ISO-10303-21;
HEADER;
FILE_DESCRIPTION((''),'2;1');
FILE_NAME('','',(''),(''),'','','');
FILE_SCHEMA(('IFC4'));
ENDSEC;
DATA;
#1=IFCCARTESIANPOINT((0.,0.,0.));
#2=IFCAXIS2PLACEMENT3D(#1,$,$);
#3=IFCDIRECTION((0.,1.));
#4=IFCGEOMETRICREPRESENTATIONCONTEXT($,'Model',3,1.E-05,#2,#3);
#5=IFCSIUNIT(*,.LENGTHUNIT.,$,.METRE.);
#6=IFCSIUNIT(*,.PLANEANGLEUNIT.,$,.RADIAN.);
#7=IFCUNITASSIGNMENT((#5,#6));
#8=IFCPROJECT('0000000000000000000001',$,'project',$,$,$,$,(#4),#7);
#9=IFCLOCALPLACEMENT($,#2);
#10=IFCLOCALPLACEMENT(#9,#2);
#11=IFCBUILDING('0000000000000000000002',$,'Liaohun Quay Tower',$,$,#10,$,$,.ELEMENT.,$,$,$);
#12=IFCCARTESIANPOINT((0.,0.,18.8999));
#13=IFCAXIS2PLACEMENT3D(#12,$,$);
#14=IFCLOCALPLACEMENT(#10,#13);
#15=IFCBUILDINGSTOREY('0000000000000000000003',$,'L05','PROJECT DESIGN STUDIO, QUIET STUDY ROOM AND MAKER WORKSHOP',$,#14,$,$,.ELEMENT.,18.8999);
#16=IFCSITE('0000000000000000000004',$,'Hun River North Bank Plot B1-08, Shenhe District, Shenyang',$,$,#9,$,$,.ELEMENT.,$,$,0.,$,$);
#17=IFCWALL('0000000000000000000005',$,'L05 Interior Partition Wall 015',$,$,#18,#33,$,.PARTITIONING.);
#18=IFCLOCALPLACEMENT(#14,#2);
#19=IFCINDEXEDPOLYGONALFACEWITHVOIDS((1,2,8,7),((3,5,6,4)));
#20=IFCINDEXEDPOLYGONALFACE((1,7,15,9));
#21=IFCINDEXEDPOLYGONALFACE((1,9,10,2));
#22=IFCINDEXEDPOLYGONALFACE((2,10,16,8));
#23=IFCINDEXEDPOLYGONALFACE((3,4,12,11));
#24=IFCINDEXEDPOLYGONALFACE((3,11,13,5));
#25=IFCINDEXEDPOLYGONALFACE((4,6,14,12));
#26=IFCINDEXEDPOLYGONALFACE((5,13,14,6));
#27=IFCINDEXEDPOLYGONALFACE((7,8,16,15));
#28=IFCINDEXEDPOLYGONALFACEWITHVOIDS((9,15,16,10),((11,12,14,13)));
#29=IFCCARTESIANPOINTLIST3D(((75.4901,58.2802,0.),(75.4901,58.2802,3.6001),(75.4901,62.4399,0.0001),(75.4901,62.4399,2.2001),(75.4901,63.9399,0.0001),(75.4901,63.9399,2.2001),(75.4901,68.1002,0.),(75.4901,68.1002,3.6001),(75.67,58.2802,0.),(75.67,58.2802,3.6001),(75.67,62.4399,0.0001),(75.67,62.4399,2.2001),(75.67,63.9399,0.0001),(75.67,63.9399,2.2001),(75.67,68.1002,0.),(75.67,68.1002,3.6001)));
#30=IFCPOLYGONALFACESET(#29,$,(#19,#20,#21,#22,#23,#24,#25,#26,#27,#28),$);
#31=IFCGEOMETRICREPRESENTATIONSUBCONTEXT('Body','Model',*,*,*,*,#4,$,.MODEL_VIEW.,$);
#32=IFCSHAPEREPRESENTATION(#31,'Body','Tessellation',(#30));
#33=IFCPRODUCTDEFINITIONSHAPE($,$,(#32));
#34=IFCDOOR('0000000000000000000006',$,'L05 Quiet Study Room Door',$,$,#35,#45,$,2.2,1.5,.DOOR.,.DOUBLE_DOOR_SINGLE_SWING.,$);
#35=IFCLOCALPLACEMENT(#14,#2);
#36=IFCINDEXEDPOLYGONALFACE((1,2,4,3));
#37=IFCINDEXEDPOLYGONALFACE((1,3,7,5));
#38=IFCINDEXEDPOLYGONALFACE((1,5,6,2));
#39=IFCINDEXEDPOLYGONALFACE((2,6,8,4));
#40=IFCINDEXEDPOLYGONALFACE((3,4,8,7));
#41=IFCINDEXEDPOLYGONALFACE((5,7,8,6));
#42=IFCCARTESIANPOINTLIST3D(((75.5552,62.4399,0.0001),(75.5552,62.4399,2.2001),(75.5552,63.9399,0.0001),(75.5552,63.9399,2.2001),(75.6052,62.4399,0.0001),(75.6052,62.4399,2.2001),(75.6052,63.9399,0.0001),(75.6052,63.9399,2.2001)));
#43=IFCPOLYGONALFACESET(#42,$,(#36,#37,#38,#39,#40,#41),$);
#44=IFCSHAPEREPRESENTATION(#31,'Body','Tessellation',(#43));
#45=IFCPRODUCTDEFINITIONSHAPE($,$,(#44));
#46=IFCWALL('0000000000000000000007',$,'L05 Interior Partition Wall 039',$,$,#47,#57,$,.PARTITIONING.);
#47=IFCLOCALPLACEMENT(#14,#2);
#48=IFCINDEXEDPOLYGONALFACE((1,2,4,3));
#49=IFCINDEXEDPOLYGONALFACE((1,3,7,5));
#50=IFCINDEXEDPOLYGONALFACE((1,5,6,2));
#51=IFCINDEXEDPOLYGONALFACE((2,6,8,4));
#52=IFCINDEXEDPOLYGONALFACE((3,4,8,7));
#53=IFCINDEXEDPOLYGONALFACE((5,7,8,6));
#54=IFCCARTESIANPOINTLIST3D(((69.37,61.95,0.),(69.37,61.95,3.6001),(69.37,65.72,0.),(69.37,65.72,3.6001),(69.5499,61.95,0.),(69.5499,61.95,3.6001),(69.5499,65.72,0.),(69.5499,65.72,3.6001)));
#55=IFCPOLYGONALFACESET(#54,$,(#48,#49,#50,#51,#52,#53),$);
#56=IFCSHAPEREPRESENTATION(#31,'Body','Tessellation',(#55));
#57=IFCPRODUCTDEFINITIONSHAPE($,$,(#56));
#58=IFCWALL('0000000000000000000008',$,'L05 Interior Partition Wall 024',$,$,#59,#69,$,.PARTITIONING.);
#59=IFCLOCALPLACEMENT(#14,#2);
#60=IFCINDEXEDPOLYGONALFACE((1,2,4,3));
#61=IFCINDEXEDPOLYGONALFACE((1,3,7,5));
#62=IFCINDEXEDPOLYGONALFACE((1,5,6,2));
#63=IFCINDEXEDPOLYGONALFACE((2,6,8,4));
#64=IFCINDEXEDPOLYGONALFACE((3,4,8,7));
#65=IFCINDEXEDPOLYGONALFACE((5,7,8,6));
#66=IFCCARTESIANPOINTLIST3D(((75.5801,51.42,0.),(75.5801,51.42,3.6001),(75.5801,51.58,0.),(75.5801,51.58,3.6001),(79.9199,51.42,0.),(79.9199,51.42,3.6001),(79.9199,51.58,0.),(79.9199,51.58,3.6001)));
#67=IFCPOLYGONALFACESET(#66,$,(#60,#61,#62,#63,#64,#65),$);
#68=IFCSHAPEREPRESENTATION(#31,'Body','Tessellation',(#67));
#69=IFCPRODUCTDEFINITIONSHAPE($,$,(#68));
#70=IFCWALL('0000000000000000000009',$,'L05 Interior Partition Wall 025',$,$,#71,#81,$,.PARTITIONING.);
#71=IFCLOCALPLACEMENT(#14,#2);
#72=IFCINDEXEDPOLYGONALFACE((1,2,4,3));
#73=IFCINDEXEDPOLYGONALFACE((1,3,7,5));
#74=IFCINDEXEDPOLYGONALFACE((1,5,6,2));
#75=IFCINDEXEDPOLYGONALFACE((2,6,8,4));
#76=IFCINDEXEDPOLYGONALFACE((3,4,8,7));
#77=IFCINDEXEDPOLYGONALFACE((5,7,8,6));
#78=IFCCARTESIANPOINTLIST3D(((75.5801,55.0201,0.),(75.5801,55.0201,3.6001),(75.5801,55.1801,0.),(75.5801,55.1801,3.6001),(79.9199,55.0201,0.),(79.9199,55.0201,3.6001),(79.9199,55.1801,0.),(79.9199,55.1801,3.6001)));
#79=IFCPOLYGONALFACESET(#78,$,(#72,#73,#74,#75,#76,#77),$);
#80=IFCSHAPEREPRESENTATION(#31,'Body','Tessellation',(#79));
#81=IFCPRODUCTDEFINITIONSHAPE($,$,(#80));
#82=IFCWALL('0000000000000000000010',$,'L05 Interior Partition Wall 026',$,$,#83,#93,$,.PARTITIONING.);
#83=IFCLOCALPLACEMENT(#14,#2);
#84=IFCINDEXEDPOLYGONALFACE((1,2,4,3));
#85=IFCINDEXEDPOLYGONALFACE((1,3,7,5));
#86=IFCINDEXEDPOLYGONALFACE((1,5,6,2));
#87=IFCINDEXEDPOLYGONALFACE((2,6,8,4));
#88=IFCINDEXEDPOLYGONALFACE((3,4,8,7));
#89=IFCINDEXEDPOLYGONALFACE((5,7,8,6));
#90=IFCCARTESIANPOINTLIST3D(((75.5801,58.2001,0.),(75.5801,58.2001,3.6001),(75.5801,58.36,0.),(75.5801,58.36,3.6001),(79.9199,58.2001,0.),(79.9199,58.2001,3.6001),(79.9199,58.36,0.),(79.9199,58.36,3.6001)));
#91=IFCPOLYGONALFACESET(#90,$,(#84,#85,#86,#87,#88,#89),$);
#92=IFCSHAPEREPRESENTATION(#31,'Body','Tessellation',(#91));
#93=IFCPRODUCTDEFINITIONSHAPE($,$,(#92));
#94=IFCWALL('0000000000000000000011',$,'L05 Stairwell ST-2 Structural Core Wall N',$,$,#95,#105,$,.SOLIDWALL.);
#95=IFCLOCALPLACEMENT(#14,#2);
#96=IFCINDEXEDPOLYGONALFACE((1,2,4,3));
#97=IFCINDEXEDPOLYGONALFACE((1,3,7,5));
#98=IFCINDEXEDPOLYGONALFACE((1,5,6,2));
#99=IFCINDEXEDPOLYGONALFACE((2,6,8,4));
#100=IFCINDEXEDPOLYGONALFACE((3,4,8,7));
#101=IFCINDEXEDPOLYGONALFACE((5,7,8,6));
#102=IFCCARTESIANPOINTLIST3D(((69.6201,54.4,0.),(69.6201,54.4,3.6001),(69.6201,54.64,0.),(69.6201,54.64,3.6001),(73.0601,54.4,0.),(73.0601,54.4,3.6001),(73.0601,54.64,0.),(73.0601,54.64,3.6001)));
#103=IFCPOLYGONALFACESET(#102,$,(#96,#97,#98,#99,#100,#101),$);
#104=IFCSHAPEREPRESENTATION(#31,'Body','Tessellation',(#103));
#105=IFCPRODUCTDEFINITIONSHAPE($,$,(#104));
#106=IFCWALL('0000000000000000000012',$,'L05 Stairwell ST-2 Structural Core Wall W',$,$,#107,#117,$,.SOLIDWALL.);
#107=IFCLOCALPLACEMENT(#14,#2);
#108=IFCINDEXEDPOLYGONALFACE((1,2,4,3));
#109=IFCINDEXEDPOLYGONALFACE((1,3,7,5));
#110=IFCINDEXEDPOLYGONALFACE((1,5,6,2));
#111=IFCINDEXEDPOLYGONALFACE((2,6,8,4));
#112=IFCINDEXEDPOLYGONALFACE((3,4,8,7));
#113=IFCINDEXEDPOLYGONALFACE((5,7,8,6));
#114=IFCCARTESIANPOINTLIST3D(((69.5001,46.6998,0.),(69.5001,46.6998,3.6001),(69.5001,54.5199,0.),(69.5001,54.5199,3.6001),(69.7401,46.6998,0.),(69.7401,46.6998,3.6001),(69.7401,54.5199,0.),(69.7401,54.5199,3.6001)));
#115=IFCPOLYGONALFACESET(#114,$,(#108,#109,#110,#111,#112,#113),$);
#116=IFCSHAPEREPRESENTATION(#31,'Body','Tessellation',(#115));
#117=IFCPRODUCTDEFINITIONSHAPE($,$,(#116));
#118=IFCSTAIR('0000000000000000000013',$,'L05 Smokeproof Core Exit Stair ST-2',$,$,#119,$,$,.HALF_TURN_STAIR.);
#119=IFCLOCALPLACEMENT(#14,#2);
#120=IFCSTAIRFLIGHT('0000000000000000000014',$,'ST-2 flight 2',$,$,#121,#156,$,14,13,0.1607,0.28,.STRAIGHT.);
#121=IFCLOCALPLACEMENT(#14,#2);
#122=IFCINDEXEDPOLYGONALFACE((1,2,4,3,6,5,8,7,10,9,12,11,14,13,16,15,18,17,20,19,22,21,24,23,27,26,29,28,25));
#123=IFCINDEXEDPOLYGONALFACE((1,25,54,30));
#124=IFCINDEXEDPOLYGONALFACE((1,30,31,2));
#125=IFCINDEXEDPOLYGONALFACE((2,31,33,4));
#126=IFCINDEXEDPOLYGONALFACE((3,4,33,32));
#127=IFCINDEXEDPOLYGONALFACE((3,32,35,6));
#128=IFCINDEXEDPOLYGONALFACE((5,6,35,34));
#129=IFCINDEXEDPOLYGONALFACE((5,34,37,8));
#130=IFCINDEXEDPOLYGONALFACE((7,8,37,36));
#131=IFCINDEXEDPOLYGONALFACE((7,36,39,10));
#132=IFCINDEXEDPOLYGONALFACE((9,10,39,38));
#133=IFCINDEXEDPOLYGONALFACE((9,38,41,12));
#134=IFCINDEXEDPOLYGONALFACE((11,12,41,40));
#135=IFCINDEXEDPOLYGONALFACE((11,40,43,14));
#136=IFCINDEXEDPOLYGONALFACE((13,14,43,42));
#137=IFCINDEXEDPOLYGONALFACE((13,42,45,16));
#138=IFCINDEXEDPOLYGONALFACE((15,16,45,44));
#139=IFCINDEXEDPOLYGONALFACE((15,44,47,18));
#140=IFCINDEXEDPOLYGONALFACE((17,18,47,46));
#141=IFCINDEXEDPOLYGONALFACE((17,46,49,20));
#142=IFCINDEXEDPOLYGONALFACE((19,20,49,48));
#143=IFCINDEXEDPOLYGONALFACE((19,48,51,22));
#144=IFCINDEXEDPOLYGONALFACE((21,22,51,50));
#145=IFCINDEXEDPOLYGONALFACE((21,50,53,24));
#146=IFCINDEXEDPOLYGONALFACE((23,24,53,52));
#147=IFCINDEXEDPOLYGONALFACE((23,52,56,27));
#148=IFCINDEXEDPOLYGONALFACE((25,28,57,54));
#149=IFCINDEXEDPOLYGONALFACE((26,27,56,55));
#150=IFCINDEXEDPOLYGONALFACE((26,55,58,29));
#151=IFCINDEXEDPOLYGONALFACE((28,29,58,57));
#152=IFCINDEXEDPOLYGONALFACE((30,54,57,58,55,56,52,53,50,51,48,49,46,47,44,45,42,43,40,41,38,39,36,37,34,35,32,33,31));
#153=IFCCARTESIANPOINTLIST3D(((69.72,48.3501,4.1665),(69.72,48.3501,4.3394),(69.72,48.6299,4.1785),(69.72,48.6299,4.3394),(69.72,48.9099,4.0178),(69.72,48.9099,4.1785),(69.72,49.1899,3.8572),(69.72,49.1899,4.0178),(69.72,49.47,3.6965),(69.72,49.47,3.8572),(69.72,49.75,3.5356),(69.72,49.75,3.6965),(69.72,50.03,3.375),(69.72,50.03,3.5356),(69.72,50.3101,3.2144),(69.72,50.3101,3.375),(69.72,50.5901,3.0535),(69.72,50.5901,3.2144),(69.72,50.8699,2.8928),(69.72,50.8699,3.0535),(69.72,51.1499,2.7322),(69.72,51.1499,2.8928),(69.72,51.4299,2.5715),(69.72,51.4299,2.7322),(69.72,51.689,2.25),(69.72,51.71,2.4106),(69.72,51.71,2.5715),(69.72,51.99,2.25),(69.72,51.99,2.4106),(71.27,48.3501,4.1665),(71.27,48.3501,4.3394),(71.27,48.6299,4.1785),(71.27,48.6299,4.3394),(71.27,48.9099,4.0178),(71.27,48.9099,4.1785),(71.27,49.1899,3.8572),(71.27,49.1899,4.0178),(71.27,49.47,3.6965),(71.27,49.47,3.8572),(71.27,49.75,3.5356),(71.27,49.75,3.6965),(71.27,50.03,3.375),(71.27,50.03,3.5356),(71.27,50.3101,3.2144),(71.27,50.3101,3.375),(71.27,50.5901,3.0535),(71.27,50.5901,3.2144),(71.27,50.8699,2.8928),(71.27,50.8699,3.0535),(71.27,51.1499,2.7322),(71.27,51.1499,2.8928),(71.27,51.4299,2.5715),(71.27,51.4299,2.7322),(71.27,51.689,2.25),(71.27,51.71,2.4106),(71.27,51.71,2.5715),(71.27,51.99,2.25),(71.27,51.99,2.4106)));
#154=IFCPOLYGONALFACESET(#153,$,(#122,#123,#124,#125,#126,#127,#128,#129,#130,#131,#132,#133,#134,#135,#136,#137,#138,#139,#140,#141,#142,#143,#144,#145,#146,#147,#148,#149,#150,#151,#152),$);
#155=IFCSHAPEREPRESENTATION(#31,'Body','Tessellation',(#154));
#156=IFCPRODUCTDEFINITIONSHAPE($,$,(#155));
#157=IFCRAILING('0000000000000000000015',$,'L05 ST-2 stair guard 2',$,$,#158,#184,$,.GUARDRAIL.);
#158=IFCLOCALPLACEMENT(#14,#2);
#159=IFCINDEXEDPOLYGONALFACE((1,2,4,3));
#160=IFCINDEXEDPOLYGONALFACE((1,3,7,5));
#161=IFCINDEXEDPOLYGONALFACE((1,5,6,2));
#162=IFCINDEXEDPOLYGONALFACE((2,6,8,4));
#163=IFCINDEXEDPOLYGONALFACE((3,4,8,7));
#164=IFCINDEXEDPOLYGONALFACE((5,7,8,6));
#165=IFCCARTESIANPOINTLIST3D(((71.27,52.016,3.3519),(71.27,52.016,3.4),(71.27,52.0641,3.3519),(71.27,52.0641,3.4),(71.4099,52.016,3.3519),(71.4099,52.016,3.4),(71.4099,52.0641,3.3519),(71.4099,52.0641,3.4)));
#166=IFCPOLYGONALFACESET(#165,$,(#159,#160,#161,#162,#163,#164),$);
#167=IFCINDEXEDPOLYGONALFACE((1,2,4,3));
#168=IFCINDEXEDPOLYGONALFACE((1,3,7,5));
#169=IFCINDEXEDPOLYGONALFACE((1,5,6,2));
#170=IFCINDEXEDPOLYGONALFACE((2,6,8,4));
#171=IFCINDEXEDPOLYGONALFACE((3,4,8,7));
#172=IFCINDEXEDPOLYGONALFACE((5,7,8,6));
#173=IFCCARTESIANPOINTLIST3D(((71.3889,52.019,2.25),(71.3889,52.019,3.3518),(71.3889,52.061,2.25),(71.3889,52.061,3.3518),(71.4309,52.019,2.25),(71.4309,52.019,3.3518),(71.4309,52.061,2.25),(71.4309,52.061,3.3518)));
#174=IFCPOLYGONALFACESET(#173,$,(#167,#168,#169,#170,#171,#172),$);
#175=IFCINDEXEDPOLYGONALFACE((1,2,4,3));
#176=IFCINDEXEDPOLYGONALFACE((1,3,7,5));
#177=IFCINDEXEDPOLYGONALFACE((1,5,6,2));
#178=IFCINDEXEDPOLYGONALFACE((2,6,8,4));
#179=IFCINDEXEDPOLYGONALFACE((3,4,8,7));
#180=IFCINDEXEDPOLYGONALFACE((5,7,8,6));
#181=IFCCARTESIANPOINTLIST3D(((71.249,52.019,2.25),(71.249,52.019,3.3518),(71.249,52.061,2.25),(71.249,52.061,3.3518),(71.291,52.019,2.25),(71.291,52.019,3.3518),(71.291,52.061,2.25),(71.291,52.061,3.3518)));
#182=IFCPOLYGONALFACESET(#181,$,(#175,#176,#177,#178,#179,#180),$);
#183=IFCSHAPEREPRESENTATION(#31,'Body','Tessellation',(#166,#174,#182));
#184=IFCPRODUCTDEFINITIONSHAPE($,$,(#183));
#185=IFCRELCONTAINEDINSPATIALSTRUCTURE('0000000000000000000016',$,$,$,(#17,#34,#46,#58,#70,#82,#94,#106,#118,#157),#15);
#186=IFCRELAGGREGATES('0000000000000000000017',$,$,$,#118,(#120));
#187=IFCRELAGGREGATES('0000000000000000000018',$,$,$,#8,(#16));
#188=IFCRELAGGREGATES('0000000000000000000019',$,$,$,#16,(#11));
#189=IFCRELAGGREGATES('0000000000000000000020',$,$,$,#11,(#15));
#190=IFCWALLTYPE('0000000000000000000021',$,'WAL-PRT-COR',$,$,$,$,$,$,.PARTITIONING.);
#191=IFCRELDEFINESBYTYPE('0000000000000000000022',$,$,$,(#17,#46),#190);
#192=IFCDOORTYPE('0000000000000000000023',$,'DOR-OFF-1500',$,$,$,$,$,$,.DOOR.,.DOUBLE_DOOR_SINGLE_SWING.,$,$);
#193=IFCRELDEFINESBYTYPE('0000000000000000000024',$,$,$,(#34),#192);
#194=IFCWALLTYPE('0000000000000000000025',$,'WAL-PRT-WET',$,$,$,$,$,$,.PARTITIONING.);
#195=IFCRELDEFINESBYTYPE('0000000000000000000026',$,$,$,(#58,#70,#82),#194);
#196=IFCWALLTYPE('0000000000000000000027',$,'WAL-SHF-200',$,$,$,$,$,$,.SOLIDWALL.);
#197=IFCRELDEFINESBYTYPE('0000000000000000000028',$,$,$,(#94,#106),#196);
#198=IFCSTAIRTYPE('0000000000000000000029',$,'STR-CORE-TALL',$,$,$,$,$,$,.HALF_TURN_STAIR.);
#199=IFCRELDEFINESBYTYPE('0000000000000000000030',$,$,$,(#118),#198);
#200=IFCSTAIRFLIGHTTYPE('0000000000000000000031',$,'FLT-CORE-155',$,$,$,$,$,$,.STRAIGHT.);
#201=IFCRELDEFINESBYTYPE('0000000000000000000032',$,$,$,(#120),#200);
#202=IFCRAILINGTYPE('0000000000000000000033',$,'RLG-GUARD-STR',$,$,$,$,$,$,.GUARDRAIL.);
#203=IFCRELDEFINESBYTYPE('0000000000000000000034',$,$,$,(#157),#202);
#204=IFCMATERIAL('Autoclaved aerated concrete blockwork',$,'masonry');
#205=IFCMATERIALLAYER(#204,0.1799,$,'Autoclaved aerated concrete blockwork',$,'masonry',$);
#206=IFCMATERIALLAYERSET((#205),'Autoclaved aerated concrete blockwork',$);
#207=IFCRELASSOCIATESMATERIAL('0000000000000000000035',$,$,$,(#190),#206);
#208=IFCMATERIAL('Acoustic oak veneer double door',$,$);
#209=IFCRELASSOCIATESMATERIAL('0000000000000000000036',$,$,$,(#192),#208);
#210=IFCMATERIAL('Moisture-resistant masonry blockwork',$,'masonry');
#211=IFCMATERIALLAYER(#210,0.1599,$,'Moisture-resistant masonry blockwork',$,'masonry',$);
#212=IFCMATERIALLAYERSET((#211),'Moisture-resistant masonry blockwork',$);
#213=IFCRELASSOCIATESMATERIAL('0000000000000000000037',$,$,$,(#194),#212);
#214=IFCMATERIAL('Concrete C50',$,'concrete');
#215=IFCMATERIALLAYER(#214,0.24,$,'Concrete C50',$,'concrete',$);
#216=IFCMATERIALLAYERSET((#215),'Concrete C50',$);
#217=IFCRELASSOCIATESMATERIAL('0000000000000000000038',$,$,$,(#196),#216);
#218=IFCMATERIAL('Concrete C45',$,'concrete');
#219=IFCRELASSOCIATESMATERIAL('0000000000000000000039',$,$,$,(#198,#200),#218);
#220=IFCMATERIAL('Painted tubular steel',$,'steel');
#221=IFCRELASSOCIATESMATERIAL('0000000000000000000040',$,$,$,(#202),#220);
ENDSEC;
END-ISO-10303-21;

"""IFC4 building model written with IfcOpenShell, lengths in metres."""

from ifc_helpers import new_model, si_unit, direction, frame, frame_2d, origin, origin_2d, place, context, subcontext, project, spatial, polyline, rectangle, outline, extrude, source, transform, mapped, material, layer, layer_set, type_object, element, fill, aggregate, save


model = new_model("IFC4")

# Units and contexts
model_context = context("Model", 3, precision=1e-05, world=origin(), true_north=direction((0.0, 1.0)))
body_context = subcontext(model_context, "Body", "Model", "MODEL_VIEW")
ifc_project = project(units=[si_unit("LENGTHUNIT", "METRE"), si_unit("PLANEANGLEUNIT", "RADIAN")], contexts=[model_context])

# Site, building, storey
site_placement = place(None, origin())
site = spatial("IfcSite", under=ifc_project, at=site_placement, Name="Hun River North Bank Plot B1-08, Shenhe District, Shenyang", CompositionType="ELEMENT", RefElevation=0.0)
building_placement = place(site_placement, origin())
building = spatial("IfcBuilding", under=site, at=building_placement, Name="Liaohun Quay Tower", CompositionType="ELEMENT")
storey_placement = place(building_placement, frame((0.0, 0.0, 18.8999)))
storey = spatial("IfcBuildingStorey", under=building, at=storey_placement, Name="L05", Description="PROJECT DESIGN STUDIO, QUIET STUDY ROOM AND MAKER WORKSHOP", CompositionType="ELEMENT", Elevation=18.8999)

# Wall, opening, door
ifc_material_1 = material(Name="Autoclaved aerated concrete blockwork", Category="masonry")
ifc_layer_1 = layer(ifc_material_1, 0.1799, Name="Autoclaved aerated concrete blockwork", Category="masonry")
ifc_layer_set_1 = layer_set([ifc_layer_1], Name="Autoclaved aerated concrete blockwork")
wall_type_1 = type_object("IfcWallType", Name="WAL-PRT-COR", PredefinedType="PARTITIONING", material=ifc_layer_set_1)
wall_1_placement = place(storey_placement, frame((75.5801, 58.28, 0.0), z_axis=(0.0, 0.0, 1.0), x_axis=(0.0, 1.0, 0.0)))
wall_1 = element("IfcWall", 1, at=wall_1_placement, inside=storey, type_object=wall_type_1, Name="L05 Interior Partition Wall 015", PredefinedType="PARTITIONING", context=body_context, shape_type="SweptSolid", body=[
    extrude(rectangle(XDim=9.8201, YDim=0.1799, at=frame_2d((4.9102, 0.0))), origin(), (0.0, 0.0, 1.0), 3.6001),
])
shared_shape_1 = source(origin(), body_context, "Body", "SweptSolid", [
    extrude(rectangle(XDim=1.5, YDim=2.2, at=frame_2d((0.75, 1.1001))), frame((0.0, 0.0999, 0.0), z_axis=(0.0, -1.0, 0.0), x_axis=(1.0, 0.0, 0.0)), (0.0, 0.0, 1.0), 0.2),
])
opening_1_placement = place(wall_1_placement, frame((4.1599, 0.0, 0.0)))
opening_1 = element("IfcOpeningElement", 2, at=opening_1_placement, cuts=wall_1, PredefinedType="OPENING", context=body_context, shape_type="MappedRepresentation", body=[
    mapped(shared_shape_1, transform((0.0, 0.0, 0.0), x_axis=(1.0, 0.0, 0.0), y_axis=(0.0, 1.0, 0.0), z_axis=(0.0, 0.0, 1.0), scale=1.0)),
])
ifc_material_2 = material(Name="Acoustic oak veneer double door")
door_type_1 = type_object("IfcDoorType", Name="DOR-OFF-1500", OperationType="DOUBLE_DOOR_SINGLE_SWING", PredefinedType="DOOR", material=ifc_material_2)
shared_shape_2 = source(origin(), body_context, "Body", "SweptSolid", [
    extrude(rectangle(XDim=1.5, YDim=2.2, at=frame_2d((0.75, 1.1001))), frame((0.0, 0.0249, 0.0), z_axis=(0.0, -1.0, 0.0), x_axis=(1.0, 0.0, 0.0)), (0.0, 0.0, 1.0), 0.05),
])
door_1_placement = place(opening_1_placement, origin())
door_1 = element("IfcDoor", 3, at=door_1_placement, inside=storey, type_object=door_type_1, Name="L05 Quiet Study Room Door", OperationType="DOUBLE_DOOR_SINGLE_SWING", OverallHeight=2.2, OverallWidth=1.5, PredefinedType="DOOR", context=body_context, shape_type="MappedRepresentation", body=[
    mapped(shared_shape_2, transform((0.0, 0.0, 0.0), x_axis=(1.0, 0.0, 0.0), y_axis=(0.0, 1.0, 0.0), z_axis=(0.0, 0.0, 1.0), scale=1.0)),
])
fill(opening_1, door_1)

# Wall
wall_2_placement = place(storey_placement, frame((69.46, 61.95, 0.0), z_axis=(0.0, 0.0, 1.0), x_axis=(0.0, 1.0, 0.0)))
element("IfcWall", 4, at=wall_2_placement, inside=storey, type_object=wall_type_1, Name="L05 Interior Partition Wall 039", PredefinedType="PARTITIONING", context=body_context, shape_type="SweptSolid", body=[
    extrude(rectangle(XDim=3.77, YDim=0.1799, at=frame_2d((1.885, 0.0))), origin(), (0.0, 0.0, 1.0), 3.6001),
])

# Shared definitions
ifc_material_3 = material(Name="Moisture-resistant masonry blockwork", Category="masonry")
ifc_layer_2 = layer(ifc_material_3, 0.1599, Name="Moisture-resistant masonry blockwork", Category="masonry")
ifc_layer_set_2 = layer_set([ifc_layer_2], Name="Moisture-resistant masonry blockwork")
wall_type_2 = type_object("IfcWallType", Name="WAL-PRT-WET", PredefinedType="PARTITIONING", material=ifc_layer_set_2)

# Walls
for number, where, z_axis, x_axis, name in (
    (5, (75.5801, 51.5, 0.0), (0.0, 0.0, 1.0), (1.0, 0.0, 0.0), "L05 Interior Partition Wall 024"),
    (6, (75.5801, 55.1001, 0.0), (0.0, 0.0, 1.0), (1.0, 0.0, 0.0), "L05 Interior Partition Wall 025"),
    (7, (75.5801, 58.28, 0.0), (0.0, 0.0, 1.0), (1.0, 0.0, 0.0), "L05 Interior Partition Wall 026"),
):
    element("IfcWall", number, at=place(storey_placement, frame(where, z_axis=z_axis, x_axis=x_axis)), inside=storey, type_object=wall_type_2, Name=name, PredefinedType="PARTITIONING", context=body_context, shape_type="SweptSolid", body=[
        extrude(rectangle(XDim=4.3398, YDim=0.1599, at=frame_2d((2.1699, 0.0))), origin(), (0.0, 0.0, 1.0), 3.6001),
    ])
ifc_material_4 = material(Name="Concrete C50", Category="concrete")
ifc_layer_3 = layer(ifc_material_4, 0.24, Name="Concrete C50", Category="concrete")
ifc_layer_set_3 = layer_set([ifc_layer_3], Name="Concrete C50")
wall_type_3 = type_object("IfcWallType", Name="WAL-SHF-200", PredefinedType="SOLIDWALL", material=ifc_layer_set_3)
wall_3_placement = place(storey_placement, frame((73.0601, 54.52, 0.0), z_axis=(0.0, 0.0, 1.0), x_axis=(-1.0, 0.0, 0.0)))
element("IfcWall", 8, at=wall_3_placement, inside=storey, type_object=wall_type_3, Name="L05 Stairwell ST-2 Structural Core Wall N", PredefinedType="SOLIDWALL", context=body_context, shape_type="SweptSolid", body=[
    extrude(rectangle(XDim=3.4399, YDim=0.24, at=frame_2d((1.72, 0.0))), origin(), (0.0, 0.0, 1.0), 3.6001),
])
wall_4_placement = place(storey_placement, frame((69.6201, 54.52, 0.0), z_axis=(0.0, 0.0, 1.0), x_axis=(0.0, -1.0, 0.0)))
element("IfcWall", 9, at=wall_4_placement, inside=storey, type_object=wall_type_3, Name="L05 Stairwell ST-2 Structural Core Wall W", PredefinedType="SOLIDWALL", context=body_context, shape_type="SweptSolid", body=[
    extrude(rectangle(XDim=7.8201, YDim=0.24, at=frame_2d((3.9102, 0.0))), origin(), (0.0, 0.0, 1.0), 3.6001),
])

# Stair, stair flight
ifc_material_5 = material(Name="Concrete C45", Category="concrete")
stair_type = type_object("IfcStairType", Name="STR-CORE-TALL", PredefinedType="HALF_TURN_STAIR", material=ifc_material_5)
stair_placement = place(storey_placement, origin())
stair = element("IfcStair", 10, at=stair_placement, inside=storey, type_object=stair_type, Name="L05 Smokeproof Core Exit Stair ST-2", PredefinedType="HALF_TURN_STAIR")
stair_flight_type = type_object("IfcStairFlightType", Name="FLT-CORE-155", PredefinedType="STRAIGHT", material=ifc_material_5)
stair_flight_placement = place(storey_placement, frame((70.4951, 51.99, 2.25), z_axis=(0.0, 0.0, 1.0), x_axis=(0.0, -1.0, 0.0)))
stair_flight = element("IfcStairFlight", 11, at=stair_flight_placement, type_object=stair_flight_type, Name="ST-2 flight 2", NumberOfRisers=14, NumberOfTreads=13, PredefinedType="STRAIGHT", RiserHeight=0.1607, TreadLength=0.28, context=body_context, shape_type="SweptSolid", body=[
    extrude(outline(polyline([(0.0, 0.0), (0.0, 0.1606), (0.28, 0.1606), (0.28, 0.3215), (0.5601, 0.3215), (0.5601, 0.4822), (0.8401, 0.4822), (0.8401, 0.6428), (1.1201, 0.6428), (1.1201, 0.8035), (1.3999, 0.8035), (1.3999, 0.9644), (1.6799, 0.9644), (1.6799, 1.125), (1.96, 1.125), (1.96, 1.2856), (2.24, 1.2856), (2.24, 1.4465), (2.52, 1.4465), (2.52, 1.6072), (2.8, 1.6072), (2.8, 1.7678), (3.0801, 1.7678), (3.0801, 1.9285), (3.3601, 1.9285), (3.3601, 2.0894), (3.6399, 2.0894), (3.6399, 2.25), (3.6399, 1.9165), (0.301, 0.0), (0.0, 0.0)])), frame((0.0, 0.7749, 0.0), z_axis=(0.0, -1.0, 0.0), x_axis=(1.0, 0.0, 0.0)), (0.0, 0.0, 1.0), 1.55),
])
aggregate(stair, [stair_flight])

# Railing
ifc_material_6 = material(Name="Painted tubular steel", Category="steel")
railing_type_1 = type_object("IfcRailingType", Name="RLG-GUARD-STR", PredefinedType="GUARDRAIL", material=ifc_material_6)
railing_1_placement = place(storey_placement, frame((71.4099, 52.04, 2.25)))
element("IfcRailing", 12, at=railing_1_placement, inside=storey, type_object=railing_type_1, Name="L05 ST-2 stair guard 2", PredefinedType="GUARDRAIL", context=body_context, shape_type="SweptSolid", body=[
    extrude(rectangle(XDim=0.0481, YDim=0.0481, at=origin_2d()), frame((0.0, 0.0, 1.126), z_axis=(-1.0, 0.0, 0.0), x_axis=(0.0, -1.0, 0.0)), (0.0, 0.0, 1.0), 0.1399),
    extrude(rectangle(XDim=0.042, YDim=0.042, at=origin_2d()), origin(), (0.0, 0.0, 1.0), 1.1018),
    extrude(rectangle(XDim=0.042, YDim=0.042, at=origin_2d()), frame((-0.1399, 0.0, 0.0)), (0.0, 0.0, 1.0), 1.1018),
])

save(model, "model.ifc")
